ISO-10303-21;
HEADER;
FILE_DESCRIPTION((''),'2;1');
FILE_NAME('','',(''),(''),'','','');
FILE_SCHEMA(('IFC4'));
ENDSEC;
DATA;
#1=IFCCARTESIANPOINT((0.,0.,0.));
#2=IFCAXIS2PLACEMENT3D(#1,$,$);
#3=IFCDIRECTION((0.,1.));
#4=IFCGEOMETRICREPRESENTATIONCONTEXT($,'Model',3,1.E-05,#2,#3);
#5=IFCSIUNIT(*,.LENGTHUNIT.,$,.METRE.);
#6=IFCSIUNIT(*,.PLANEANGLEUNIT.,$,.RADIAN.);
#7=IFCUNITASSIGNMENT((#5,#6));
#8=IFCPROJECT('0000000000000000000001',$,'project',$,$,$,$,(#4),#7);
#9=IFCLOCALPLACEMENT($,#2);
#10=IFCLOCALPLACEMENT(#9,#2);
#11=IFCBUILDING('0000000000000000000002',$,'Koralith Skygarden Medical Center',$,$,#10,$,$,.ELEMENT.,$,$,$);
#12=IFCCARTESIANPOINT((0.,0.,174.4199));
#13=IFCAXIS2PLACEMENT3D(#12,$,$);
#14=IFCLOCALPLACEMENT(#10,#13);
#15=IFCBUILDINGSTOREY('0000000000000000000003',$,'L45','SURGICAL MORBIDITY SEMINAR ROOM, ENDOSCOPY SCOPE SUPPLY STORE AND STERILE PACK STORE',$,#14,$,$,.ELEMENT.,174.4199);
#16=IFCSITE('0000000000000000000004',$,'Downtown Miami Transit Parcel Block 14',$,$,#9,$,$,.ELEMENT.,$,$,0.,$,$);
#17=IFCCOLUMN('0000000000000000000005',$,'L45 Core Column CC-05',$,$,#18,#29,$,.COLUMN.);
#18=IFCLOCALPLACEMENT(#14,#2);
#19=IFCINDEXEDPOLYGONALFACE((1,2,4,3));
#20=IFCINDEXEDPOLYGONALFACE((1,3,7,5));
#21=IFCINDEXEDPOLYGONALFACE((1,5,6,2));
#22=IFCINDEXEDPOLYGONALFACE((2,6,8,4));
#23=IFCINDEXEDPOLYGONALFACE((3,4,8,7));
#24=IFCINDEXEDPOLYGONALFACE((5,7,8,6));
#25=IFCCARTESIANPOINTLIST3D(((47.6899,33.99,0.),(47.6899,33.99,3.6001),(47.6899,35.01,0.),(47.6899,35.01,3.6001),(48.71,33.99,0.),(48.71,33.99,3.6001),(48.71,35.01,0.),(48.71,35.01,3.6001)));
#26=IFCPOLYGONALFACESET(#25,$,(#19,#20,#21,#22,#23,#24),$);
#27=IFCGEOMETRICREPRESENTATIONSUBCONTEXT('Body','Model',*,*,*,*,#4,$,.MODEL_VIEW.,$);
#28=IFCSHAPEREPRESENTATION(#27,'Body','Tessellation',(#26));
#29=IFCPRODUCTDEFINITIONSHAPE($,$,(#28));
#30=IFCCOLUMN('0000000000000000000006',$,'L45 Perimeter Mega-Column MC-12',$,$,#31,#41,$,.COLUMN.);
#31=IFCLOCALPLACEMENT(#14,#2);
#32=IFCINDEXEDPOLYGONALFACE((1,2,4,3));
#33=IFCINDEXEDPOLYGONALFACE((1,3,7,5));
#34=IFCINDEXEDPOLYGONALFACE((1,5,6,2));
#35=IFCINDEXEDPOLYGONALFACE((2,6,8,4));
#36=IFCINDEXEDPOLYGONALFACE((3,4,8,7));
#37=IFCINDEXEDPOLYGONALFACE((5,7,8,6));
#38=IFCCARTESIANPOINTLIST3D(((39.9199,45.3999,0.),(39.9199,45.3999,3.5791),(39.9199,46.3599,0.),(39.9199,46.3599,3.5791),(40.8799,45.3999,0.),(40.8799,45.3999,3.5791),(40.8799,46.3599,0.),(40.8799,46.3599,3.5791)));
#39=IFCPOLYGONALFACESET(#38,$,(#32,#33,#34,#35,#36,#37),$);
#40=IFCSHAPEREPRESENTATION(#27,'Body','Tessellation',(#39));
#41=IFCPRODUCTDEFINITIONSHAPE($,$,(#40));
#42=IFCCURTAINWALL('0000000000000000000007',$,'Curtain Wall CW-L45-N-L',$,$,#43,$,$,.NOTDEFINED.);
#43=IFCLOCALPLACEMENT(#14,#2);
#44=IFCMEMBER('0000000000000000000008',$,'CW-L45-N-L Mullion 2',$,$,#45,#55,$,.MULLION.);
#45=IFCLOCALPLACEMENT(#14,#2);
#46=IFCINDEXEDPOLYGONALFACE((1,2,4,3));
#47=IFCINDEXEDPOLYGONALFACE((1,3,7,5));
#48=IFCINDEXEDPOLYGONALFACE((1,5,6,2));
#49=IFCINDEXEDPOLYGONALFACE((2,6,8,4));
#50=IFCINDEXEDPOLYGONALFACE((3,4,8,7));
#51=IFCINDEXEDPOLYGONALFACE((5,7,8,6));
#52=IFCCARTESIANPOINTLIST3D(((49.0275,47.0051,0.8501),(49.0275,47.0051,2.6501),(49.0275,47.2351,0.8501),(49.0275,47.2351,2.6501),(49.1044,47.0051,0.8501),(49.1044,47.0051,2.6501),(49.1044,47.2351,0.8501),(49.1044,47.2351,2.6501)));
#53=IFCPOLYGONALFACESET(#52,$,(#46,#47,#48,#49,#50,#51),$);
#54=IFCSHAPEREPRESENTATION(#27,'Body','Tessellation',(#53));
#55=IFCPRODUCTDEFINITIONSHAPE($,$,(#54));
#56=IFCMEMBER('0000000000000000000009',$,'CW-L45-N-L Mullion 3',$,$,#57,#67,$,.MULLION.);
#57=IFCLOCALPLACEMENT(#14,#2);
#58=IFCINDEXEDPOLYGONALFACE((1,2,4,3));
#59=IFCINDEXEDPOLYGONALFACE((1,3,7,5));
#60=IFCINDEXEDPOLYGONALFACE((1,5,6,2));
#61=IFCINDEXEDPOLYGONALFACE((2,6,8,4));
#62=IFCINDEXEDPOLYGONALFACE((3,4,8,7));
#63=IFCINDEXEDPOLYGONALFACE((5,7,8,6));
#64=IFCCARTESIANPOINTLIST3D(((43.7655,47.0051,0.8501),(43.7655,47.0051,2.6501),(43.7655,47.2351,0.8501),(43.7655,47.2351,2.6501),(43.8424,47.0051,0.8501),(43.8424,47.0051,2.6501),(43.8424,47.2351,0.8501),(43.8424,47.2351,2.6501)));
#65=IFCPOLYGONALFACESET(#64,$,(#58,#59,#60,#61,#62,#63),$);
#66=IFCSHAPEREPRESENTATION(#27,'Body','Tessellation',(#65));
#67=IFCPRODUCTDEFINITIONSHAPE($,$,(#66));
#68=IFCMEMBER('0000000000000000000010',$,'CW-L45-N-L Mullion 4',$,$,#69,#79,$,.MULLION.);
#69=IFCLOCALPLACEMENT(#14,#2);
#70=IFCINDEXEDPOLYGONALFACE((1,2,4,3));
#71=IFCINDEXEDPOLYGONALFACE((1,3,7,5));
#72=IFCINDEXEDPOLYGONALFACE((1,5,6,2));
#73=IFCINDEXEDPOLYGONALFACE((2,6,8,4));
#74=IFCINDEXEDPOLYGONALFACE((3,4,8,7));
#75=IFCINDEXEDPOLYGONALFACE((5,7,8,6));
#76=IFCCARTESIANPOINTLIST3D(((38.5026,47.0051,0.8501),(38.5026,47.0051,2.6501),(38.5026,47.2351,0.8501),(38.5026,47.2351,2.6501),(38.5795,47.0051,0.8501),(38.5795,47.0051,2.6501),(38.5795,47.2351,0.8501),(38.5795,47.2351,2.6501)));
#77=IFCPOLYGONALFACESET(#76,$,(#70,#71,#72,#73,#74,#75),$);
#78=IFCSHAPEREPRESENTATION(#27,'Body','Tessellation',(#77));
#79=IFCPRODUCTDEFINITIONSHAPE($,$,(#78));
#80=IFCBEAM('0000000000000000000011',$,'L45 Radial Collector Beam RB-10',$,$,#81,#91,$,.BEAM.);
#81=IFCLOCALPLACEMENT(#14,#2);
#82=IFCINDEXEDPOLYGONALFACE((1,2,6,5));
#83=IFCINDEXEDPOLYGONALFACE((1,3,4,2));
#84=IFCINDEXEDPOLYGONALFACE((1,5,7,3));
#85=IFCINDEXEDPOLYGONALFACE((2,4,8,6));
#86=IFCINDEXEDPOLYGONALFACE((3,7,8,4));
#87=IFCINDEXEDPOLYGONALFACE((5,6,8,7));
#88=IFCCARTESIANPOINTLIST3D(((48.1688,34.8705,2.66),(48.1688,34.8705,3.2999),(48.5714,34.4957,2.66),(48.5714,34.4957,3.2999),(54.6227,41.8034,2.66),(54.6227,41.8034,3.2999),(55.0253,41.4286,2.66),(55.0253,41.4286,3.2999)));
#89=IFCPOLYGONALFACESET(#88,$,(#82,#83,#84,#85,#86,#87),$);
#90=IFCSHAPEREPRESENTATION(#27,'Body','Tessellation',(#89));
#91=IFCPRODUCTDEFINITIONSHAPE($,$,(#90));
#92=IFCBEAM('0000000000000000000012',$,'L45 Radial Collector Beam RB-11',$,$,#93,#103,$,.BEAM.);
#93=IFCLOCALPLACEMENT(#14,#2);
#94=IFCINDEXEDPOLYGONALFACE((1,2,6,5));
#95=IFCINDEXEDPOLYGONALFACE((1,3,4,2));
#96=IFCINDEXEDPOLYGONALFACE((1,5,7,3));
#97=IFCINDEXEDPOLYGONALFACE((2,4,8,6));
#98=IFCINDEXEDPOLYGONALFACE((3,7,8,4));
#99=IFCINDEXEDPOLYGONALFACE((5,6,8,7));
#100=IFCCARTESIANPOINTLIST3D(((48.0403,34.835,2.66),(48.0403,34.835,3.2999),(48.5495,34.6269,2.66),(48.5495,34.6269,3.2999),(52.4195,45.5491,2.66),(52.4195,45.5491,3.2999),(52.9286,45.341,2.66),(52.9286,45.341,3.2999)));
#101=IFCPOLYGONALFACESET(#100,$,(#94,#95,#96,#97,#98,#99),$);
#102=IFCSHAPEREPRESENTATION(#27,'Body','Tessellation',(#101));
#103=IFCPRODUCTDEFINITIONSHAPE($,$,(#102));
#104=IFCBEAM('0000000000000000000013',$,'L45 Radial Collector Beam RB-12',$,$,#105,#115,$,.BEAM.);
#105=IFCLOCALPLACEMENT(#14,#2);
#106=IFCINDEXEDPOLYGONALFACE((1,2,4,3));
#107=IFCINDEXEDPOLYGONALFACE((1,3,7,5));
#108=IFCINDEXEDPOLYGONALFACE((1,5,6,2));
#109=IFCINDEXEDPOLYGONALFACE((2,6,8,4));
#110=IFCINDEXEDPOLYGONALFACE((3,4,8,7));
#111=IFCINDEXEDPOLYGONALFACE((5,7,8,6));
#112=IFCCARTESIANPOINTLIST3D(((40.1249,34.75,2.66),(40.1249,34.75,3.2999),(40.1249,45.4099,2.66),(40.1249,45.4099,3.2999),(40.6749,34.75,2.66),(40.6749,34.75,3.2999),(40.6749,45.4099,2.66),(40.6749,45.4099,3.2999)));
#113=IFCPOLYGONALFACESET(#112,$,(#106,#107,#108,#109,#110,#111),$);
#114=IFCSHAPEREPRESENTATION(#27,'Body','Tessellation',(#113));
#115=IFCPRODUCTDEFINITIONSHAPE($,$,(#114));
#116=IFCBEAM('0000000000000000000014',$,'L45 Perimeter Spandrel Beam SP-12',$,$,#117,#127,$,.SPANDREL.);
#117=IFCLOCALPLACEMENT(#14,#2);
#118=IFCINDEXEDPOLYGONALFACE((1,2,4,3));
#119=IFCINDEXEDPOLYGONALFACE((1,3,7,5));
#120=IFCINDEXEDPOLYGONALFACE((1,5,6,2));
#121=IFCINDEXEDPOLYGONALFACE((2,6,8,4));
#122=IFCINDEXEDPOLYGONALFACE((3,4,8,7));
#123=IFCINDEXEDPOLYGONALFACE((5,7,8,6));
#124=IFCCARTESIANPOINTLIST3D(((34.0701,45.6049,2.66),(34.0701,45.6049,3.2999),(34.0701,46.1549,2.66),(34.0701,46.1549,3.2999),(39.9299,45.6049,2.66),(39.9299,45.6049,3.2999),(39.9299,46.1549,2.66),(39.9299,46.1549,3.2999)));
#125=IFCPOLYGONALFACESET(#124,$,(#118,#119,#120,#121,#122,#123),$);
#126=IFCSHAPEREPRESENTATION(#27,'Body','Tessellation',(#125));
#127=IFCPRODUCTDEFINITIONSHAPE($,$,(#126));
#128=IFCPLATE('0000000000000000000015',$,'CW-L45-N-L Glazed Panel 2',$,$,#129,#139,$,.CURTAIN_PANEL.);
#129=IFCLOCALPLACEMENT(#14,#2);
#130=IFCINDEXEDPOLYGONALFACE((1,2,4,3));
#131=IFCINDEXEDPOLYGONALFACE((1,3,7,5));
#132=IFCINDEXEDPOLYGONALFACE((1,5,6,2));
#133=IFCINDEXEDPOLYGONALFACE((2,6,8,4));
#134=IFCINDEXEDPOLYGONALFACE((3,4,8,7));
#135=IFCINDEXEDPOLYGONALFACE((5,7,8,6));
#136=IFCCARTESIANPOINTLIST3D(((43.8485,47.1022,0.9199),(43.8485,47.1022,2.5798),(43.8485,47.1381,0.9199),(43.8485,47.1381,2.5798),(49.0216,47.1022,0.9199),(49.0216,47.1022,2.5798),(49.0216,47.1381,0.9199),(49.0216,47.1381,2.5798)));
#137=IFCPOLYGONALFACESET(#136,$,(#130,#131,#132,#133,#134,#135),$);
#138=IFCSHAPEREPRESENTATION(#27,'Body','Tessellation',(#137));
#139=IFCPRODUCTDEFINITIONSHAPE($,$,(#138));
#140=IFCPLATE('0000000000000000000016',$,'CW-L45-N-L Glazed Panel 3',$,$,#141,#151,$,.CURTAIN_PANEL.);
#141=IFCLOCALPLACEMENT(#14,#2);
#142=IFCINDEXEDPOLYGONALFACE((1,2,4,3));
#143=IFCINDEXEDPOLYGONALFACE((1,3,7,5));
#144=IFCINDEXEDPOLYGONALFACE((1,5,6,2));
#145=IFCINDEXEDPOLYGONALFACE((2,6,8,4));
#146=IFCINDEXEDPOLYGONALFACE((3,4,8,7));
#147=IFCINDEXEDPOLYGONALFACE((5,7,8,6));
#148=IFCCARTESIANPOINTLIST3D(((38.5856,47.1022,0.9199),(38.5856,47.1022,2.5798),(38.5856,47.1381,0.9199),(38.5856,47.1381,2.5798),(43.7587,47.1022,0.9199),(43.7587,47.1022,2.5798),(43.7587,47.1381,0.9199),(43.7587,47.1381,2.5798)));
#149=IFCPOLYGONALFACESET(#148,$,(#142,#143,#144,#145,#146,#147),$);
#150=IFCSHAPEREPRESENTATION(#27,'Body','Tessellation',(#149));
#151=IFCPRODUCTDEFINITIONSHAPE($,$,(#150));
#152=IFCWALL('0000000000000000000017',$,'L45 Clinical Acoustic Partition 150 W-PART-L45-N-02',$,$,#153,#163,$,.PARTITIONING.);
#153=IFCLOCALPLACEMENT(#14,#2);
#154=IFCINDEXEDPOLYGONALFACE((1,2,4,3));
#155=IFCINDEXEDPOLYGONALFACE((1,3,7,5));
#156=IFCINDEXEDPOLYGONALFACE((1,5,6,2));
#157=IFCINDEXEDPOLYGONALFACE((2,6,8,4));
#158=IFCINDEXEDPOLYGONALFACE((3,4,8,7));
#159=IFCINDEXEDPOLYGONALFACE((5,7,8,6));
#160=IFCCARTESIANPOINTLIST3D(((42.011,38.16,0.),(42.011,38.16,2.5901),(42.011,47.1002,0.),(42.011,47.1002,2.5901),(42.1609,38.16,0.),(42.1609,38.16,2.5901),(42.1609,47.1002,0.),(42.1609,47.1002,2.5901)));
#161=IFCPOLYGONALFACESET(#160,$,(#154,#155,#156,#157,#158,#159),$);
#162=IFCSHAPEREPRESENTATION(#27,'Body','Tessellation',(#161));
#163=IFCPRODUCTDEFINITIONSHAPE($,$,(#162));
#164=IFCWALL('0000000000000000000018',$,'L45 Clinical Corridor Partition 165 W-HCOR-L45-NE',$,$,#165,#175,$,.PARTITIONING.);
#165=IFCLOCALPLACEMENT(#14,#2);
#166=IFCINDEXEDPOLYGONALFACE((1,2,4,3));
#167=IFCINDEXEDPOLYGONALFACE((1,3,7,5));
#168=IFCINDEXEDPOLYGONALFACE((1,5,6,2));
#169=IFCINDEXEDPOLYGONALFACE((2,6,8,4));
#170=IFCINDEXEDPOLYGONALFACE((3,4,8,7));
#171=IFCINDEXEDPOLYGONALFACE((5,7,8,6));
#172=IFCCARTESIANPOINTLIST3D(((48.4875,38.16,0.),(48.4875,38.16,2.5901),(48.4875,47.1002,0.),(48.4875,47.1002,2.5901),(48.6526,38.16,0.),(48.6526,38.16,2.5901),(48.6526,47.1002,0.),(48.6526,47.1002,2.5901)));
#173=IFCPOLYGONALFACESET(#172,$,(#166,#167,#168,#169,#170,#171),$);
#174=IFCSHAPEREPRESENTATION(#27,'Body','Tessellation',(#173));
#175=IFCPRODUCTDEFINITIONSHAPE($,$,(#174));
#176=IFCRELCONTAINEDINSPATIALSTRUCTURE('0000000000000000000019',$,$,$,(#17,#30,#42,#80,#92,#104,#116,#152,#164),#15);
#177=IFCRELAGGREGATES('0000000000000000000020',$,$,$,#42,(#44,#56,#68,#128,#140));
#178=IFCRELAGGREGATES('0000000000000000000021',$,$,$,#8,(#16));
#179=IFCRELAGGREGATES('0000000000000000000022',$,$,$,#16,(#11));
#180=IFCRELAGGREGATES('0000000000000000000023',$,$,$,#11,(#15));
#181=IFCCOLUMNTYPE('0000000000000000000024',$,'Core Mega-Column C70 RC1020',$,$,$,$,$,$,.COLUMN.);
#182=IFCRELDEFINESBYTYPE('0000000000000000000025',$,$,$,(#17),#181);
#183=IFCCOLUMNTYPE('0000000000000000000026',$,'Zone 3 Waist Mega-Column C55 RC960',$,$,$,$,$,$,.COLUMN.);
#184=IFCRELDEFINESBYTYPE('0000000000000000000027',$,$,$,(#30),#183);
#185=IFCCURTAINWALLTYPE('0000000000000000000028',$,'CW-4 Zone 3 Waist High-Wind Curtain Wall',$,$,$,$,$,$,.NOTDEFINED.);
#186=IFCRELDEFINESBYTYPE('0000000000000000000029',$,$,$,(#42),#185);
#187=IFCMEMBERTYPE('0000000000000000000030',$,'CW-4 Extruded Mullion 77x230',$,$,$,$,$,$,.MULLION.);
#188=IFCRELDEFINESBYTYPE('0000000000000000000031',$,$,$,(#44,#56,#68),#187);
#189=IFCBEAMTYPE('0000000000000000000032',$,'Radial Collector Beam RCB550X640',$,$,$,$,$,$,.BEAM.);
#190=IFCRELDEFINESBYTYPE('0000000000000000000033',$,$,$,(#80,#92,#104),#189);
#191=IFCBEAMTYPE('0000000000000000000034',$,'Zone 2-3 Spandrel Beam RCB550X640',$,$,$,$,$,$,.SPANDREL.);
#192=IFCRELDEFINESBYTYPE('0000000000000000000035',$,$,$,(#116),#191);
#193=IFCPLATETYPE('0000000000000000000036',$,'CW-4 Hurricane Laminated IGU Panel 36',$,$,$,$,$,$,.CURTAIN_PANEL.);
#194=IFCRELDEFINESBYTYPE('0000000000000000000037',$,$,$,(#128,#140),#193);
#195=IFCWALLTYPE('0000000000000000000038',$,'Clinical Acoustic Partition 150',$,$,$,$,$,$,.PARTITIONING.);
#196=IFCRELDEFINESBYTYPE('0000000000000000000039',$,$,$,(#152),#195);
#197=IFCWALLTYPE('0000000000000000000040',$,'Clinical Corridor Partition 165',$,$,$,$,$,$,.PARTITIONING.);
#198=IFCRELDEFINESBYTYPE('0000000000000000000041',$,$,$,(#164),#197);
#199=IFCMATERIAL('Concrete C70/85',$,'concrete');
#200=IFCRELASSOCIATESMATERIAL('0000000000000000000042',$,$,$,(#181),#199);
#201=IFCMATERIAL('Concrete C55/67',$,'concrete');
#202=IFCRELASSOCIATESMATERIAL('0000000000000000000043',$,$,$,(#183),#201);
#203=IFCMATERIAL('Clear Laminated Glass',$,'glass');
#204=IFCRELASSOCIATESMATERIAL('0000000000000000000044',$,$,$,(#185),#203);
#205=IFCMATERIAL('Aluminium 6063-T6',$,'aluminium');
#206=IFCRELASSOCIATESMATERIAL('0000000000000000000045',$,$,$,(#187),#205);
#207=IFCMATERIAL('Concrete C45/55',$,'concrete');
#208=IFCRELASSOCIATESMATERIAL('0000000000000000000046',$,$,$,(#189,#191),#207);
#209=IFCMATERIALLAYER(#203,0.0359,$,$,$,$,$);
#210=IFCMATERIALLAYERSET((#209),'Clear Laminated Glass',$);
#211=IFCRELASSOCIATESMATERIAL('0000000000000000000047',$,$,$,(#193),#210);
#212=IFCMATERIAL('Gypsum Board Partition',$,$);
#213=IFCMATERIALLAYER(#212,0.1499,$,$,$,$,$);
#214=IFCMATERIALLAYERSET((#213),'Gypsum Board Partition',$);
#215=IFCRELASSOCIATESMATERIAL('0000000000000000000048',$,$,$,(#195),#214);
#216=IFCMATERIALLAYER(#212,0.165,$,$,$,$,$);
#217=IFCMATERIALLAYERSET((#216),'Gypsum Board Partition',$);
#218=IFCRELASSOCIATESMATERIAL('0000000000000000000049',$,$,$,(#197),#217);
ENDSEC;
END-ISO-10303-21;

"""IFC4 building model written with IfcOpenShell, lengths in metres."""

from ifc_helpers import new_model, si_unit, direction, frame, frame_2d, origin, origin_2d, place, context, subcontext, project, spatial, rectangle, extrude, material, layer, layer_set, material_profile, profile_set, type_object, element, aggregate, save


model = new_model("IFC4")

# Units and contexts
model_context = context("Model", 3, precision=1e-05, world=origin(), true_north=direction((0.0, 1.0)))
body_context = subcontext(model_context, "Body", "Model", "MODEL_VIEW")
ifc_project = project(units=[si_unit("LENGTHUNIT", "METRE"), si_unit("PLANEANGLEUNIT", "RADIAN")], contexts=[model_context])

# Site, building, storey
site_placement = place(None, origin())
site = spatial("IfcSite", under=ifc_project, at=site_placement, Name="Downtown Miami Transit Parcel Block 14", CompositionType="ELEMENT", RefElevation=0.0)
building_placement = place(site_placement, origin())
building = spatial("IfcBuilding", under=site, at=building_placement, Name="Koralith Skygarden Medical Center", CompositionType="ELEMENT")
storey_placement = place(building_placement, frame((0.0, 0.0, 174.4199)))
storey = spatial("IfcBuildingStorey", under=building, at=storey_placement, Name="L45", Description="SURGICAL MORBIDITY SEMINAR ROOM, ENDOSCOPY SCOPE SUPPLY STORE AND STERILE PACK STORE", CompositionType="ELEMENT", Elevation=174.4199)

# Columns
ifc_material_1 = material(Name="Concrete C70/85", Category="concrete")
ifc_material_profile_1 = material_profile(ifc_material_1, rectangle(XDim=1.02, YDim=1.02, at=origin_2d()), Name="RC1020X1020")
ifc_profile_set_1 = profile_set([ifc_material_profile_1], Name="Concrete C70/85")
column_type_1 = type_object("IfcColumnType", Name="Core Mega-Column C70 RC1020", PredefinedType="COLUMN", material=ifc_profile_set_1)
column_1_placement = place(storey_placement, frame((48.2, 34.5, 0.0), z_axis=(0.0, 0.0, 1.0), x_axis=(1.0, 0.0, 0.0)))
element("IfcColumn", 1, at=column_1_placement, inside=storey, type_object=column_type_1, Name="L45 Core Column CC-05", PredefinedType="COLUMN", context=body_context, shape_type="SweptSolid", body=[
    extrude(rectangle(XDim=1.02, YDim=1.02, at=origin_2d()), origin(), (0.0, 0.0, 1.0), 3.6001),
])
ifc_material_2 = material(Name="Concrete C55/67", Category="concrete")
ifc_material_profile_2 = material_profile(ifc_material_2, rectangle(XDim=0.96, YDim=0.96, at=origin_2d()), Name="RC960X960")
ifc_profile_set_2 = profile_set([ifc_material_profile_2], Name="Concrete C55/67")
column_type_2 = type_object("IfcColumnType", Name="Zone 3 Waist Mega-Column C55 RC960", PredefinedType="COLUMN", material=ifc_profile_set_2)
column_2_placement = place(storey_placement, frame((40.3999, 45.8799, 0.0), z_axis=(0.0, 0.0, 1.0), x_axis=(1.0, 0.0, 0.0)))
element("IfcColumn", 2, at=column_2_placement, inside=storey, type_object=column_type_2, Name="L45 Perimeter Mega-Column MC-12", PredefinedType="COLUMN", context=body_context, shape_type="SweptSolid", body=[
    extrude(rectangle(XDim=0.96, YDim=0.96, at=origin_2d()), origin(), (0.0, 0.0, 1.0), 3.5791),
])

# Curtain wall, members
ifc_material_3 = material(Name="Clear Laminated Glass", Category="glass")
curtain_wall_type = type_object("IfcCurtainWallType", Name="CW-4 Zone 3 Waist High-Wind Curtain Wall", PredefinedType="NOTDEFINED", material=ifc_material_3)
curtain_wall_placement = place(storey_placement, origin())
curtain_wall = element("IfcCurtainWall", 3, at=curtain_wall_placement, inside=storey, type_object=curtain_wall_type, Name="Curtain Wall CW-L45-N-L", PredefinedType="NOTDEFINED")
ifc_material_4 = material(Name="Aluminium 6063-T6", Category="aluminium")
ifc_material_profile_3 = material_profile(ifc_material_4, rectangle(XDim=0.0769, YDim=0.23, at=origin_2d()), Name="MUL77X230")
ifc_profile_set_3 = profile_set([ifc_material_profile_3], Name="Aluminium 6063-T6")
member_type = type_object("IfcMemberType", Name="CW-4 Extruded Mullion 77x230", PredefinedType="MULLION", material=ifc_profile_set_3)
member_1_placement = place(storey_placement, frame((49.0659, 47.1201, 0.8501), z_axis=(0.0, 0.0, 1.0), x_axis=(1.0, 0.0, 0.0)))
member_1 = element("IfcMember", 4, at=member_1_placement, type_object=member_type, Name="CW-L45-N-L Mullion 2", PredefinedType="MULLION", context=body_context, shape_type="SweptSolid", body=[
    extrude(rectangle(XDim=0.0769, YDim=0.23, at=origin_2d()), origin(), (0.0, 0.0, 1.0), 1.8),
])
member_2_placement = place(storey_placement, frame((43.804, 47.1201, 0.8501), z_axis=(0.0, 0.0, 1.0), x_axis=(1.0, 0.0, 0.0)))
member_2 = element("IfcMember", 5, at=member_2_placement, type_object=member_type, Name="CW-L45-N-L Mullion 3", PredefinedType="MULLION", context=body_context, shape_type="SweptSolid", body=[
    extrude(rectangle(XDim=0.0769, YDim=0.23, at=origin_2d()), origin(), (0.0, 0.0, 1.0), 1.8),
])
member_3_placement = place(storey_placement, frame((38.541, 47.1201, 0.8501), z_axis=(0.0, 0.0, 1.0), x_axis=(1.0, 0.0, 0.0)))
member_3 = element("IfcMember", 6, at=member_3_placement, type_object=member_type, Name="CW-L45-N-L Mullion 4", PredefinedType="MULLION", context=body_context, shape_type="SweptSolid", body=[
    extrude(rectangle(XDim=0.0769, YDim=0.23, at=origin_2d()), origin(), (0.0, 0.0, 1.0), 1.8),
])

# Beams
ifc_material_5 = material(Name="Concrete C45/55", Category="concrete")
ifc_material_profile_4 = material_profile(ifc_material_5, rectangle(XDim=0.55, YDim=0.6399, at=origin_2d()), Name="RCB550X640")
ifc_profile_set_4 = profile_set([ifc_material_profile_4], Name="Concrete C45/55")
beam_type_1 = type_object("IfcBeamType", Name="Radial Collector Beam RCB550X640", PredefinedType="BEAM", material=ifc_profile_set_4)
beam_1_placement = place(storey_placement, frame((48.3701, 34.6831, 2.98), z_axis=(0.681369, 0.73194, 0.0), x_axis=(-0.73194, 0.681369, 0.0)))
element("IfcBeam", 7, at=beam_1_placement, inside=storey, type_object=beam_type_1, Name="L45 Radial Collector Beam RB-10", PredefinedType="BEAM", context=body_context, shape_type="SweptSolid", body=[
    extrude(rectangle(XDim=0.55, YDim=0.6399, at=origin_2d()), origin(), (0.0, 0.0, 1.0), 9.4719),
])
beam_2_placement = place(storey_placement, frame((48.2949, 34.731, 2.98), z_axis=(0.378345, 0.925665, 0.0), x_axis=(-0.925665, 0.378345, 0.0)))
element("IfcBeam", 8, at=beam_2_placement, inside=storey, type_object=beam_type_1, Name="L45 Radial Collector Beam RB-11", PredefinedType="BEAM", context=body_context, shape_type="SweptSolid", body=[
    extrude(rectangle(XDim=0.55, YDim=0.6399, at=origin_2d()), origin(), (0.0, 0.0, 1.0), 11.5745),
])
beam_3_placement = place(storey_placement, frame((40.3999, 34.75, 2.98), z_axis=(0.0, 1.0, 0.0), x_axis=(-1.0, 0.0, 0.0)))
element("IfcBeam", 9, at=beam_3_placement, inside=storey, type_object=beam_type_1, Name="L45 Radial Collector Beam RB-12", PredefinedType="BEAM", context=body_context, shape_type="SweptSolid", body=[
    extrude(rectangle(XDim=0.55, YDim=0.6399, at=origin_2d()), origin(), (0.0, 0.0, 1.0), 10.6599),
])
ifc_material_profile_5 = material_profile(ifc_material_5, rectangle(XDim=0.55, YDim=0.6399, at=origin_2d()), Name="RCB550X640")
ifc_profile_set_5 = profile_set([ifc_material_profile_5], Name="Concrete C45/55")
beam_type_2 = type_object("IfcBeamType", Name="Zone 2-3 Spandrel Beam RCB550X640", PredefinedType="SPANDREL", material=ifc_profile_set_5)
beam_4_placement = place(storey_placement, frame((39.9299, 45.8799, 2.98), z_axis=(-1.0, 0.0, 0.0), x_axis=(0.0, -1.0, 0.0)))
element("IfcBeam", 10, at=beam_4_placement, inside=storey, type_object=beam_type_2, Name="L45 Perimeter Spandrel Beam SP-12", PredefinedType="SPANDREL", context=body_context, shape_type="SweptSolid", body=[
    extrude(rectangle(XDim=0.55, YDim=0.6399, at=origin_2d()), origin(), (0.0, 0.0, 1.0), 5.8599),
])

# Plates
ifc_layer_1 = layer(ifc_material_3, 0.0359)
ifc_layer_set_1 = layer_set([ifc_layer_1], Name="Clear Laminated Glass")
plate_type = type_object("IfcPlateType", Name="CW-4 Hurricane Laminated IGU Panel 36", PredefinedType="CURTAIN_PANEL", material=ifc_layer_set_1)
plate_1_placement = place(storey_placement, frame((46.4351, 47.1201, 0.9199), z_axis=(0.0, 0.0, 1.0), x_axis=(-1.0, 0.0, 0.0)))
plate_1 = element("IfcPlate", 11, at=plate_1_placement, type_object=plate_type, Name="CW-L45-N-L Glazed Panel 2", PredefinedType="CURTAIN_PANEL", context=body_context, shape_type="SweptSolid", body=[
    extrude(rectangle(XDim=5.1731, YDim=0.0359, at=origin_2d()), origin(), (0.0, 0.0, 1.0), 1.6599),
])
plate_2_placement = place(storey_placement, frame((41.1721, 47.1201, 0.9199), z_axis=(0.0, 0.0, 1.0), x_axis=(-1.0, 0.0, 0.0)))
plate_2 = element("IfcPlate", 12, at=plate_2_placement, type_object=plate_type, Name="CW-L45-N-L Glazed Panel 3", PredefinedType="CURTAIN_PANEL", context=body_context, shape_type="SweptSolid", body=[
    extrude(rectangle(XDim=5.1731, YDim=0.0359, at=origin_2d()), origin(), (0.0, 0.0, 1.0), 1.6599),
])
aggregate(curtain_wall, [member_1, member_2, member_3, plate_1, plate_2])

# Walls
ifc_material_6 = material(Name="Gypsum Board Partition")
ifc_layer_2 = layer(ifc_material_6, 0.1499)
ifc_layer_set_2 = layer_set([ifc_layer_2], Name="Gypsum Board Partition")
wall_type_1 = type_object("IfcWallType", Name="Clinical Acoustic Partition 150", PredefinedType="PARTITIONING", material=ifc_layer_set_2)
wall_1_placement = place(storey_placement, frame((42.0859, 38.1599, 0.0), z_axis=(0.0, 0.0, 1.0), x_axis=(0.0, 1.0, 0.0)))
element("IfcWall", 13, at=wall_1_placement, inside=storey, type_object=wall_type_1, Name="L45 Clinical Acoustic Partition 150 W-PART-L45-N-02", PredefinedType="PARTITIONING", context=body_context, shape_type="SweptSolid", body=[
    extrude(rectangle(XDim=8.9402, YDim=0.1499, at=frame_2d((4.4702, 0.0))), origin(), (0.0, 0.0, 1.0), 2.5901),
])
ifc_layer_3 = layer(ifc_material_6, 0.165)
ifc_layer_set_3 = layer_set([ifc_layer_3], Name="Gypsum Board Partition")
wall_type_2 = type_object("IfcWallType", Name="Clinical Corridor Partition 165", PredefinedType="PARTITIONING", material=ifc_layer_set_3)
wall_2_placement = place(storey_placement, frame((48.5701, 38.1599, 0.0), z_axis=(0.0, 0.0, 1.0), x_axis=(0.0, 1.0, 0.0)))
element("IfcWall", 14, at=wall_2_placement, inside=storey, type_object=wall_type_2, Name="L45 Clinical Corridor Partition 165 W-HCOR-L45-NE", PredefinedType="PARTITIONING", context=body_context, shape_type="SweptSolid", body=[
    extrude(rectangle(XDim=8.9402, YDim=0.165, at=frame_2d((4.4702, 0.0))), origin(), (0.0, 0.0, 1.0), 2.5901),
])

save(model, "model.ifc")
